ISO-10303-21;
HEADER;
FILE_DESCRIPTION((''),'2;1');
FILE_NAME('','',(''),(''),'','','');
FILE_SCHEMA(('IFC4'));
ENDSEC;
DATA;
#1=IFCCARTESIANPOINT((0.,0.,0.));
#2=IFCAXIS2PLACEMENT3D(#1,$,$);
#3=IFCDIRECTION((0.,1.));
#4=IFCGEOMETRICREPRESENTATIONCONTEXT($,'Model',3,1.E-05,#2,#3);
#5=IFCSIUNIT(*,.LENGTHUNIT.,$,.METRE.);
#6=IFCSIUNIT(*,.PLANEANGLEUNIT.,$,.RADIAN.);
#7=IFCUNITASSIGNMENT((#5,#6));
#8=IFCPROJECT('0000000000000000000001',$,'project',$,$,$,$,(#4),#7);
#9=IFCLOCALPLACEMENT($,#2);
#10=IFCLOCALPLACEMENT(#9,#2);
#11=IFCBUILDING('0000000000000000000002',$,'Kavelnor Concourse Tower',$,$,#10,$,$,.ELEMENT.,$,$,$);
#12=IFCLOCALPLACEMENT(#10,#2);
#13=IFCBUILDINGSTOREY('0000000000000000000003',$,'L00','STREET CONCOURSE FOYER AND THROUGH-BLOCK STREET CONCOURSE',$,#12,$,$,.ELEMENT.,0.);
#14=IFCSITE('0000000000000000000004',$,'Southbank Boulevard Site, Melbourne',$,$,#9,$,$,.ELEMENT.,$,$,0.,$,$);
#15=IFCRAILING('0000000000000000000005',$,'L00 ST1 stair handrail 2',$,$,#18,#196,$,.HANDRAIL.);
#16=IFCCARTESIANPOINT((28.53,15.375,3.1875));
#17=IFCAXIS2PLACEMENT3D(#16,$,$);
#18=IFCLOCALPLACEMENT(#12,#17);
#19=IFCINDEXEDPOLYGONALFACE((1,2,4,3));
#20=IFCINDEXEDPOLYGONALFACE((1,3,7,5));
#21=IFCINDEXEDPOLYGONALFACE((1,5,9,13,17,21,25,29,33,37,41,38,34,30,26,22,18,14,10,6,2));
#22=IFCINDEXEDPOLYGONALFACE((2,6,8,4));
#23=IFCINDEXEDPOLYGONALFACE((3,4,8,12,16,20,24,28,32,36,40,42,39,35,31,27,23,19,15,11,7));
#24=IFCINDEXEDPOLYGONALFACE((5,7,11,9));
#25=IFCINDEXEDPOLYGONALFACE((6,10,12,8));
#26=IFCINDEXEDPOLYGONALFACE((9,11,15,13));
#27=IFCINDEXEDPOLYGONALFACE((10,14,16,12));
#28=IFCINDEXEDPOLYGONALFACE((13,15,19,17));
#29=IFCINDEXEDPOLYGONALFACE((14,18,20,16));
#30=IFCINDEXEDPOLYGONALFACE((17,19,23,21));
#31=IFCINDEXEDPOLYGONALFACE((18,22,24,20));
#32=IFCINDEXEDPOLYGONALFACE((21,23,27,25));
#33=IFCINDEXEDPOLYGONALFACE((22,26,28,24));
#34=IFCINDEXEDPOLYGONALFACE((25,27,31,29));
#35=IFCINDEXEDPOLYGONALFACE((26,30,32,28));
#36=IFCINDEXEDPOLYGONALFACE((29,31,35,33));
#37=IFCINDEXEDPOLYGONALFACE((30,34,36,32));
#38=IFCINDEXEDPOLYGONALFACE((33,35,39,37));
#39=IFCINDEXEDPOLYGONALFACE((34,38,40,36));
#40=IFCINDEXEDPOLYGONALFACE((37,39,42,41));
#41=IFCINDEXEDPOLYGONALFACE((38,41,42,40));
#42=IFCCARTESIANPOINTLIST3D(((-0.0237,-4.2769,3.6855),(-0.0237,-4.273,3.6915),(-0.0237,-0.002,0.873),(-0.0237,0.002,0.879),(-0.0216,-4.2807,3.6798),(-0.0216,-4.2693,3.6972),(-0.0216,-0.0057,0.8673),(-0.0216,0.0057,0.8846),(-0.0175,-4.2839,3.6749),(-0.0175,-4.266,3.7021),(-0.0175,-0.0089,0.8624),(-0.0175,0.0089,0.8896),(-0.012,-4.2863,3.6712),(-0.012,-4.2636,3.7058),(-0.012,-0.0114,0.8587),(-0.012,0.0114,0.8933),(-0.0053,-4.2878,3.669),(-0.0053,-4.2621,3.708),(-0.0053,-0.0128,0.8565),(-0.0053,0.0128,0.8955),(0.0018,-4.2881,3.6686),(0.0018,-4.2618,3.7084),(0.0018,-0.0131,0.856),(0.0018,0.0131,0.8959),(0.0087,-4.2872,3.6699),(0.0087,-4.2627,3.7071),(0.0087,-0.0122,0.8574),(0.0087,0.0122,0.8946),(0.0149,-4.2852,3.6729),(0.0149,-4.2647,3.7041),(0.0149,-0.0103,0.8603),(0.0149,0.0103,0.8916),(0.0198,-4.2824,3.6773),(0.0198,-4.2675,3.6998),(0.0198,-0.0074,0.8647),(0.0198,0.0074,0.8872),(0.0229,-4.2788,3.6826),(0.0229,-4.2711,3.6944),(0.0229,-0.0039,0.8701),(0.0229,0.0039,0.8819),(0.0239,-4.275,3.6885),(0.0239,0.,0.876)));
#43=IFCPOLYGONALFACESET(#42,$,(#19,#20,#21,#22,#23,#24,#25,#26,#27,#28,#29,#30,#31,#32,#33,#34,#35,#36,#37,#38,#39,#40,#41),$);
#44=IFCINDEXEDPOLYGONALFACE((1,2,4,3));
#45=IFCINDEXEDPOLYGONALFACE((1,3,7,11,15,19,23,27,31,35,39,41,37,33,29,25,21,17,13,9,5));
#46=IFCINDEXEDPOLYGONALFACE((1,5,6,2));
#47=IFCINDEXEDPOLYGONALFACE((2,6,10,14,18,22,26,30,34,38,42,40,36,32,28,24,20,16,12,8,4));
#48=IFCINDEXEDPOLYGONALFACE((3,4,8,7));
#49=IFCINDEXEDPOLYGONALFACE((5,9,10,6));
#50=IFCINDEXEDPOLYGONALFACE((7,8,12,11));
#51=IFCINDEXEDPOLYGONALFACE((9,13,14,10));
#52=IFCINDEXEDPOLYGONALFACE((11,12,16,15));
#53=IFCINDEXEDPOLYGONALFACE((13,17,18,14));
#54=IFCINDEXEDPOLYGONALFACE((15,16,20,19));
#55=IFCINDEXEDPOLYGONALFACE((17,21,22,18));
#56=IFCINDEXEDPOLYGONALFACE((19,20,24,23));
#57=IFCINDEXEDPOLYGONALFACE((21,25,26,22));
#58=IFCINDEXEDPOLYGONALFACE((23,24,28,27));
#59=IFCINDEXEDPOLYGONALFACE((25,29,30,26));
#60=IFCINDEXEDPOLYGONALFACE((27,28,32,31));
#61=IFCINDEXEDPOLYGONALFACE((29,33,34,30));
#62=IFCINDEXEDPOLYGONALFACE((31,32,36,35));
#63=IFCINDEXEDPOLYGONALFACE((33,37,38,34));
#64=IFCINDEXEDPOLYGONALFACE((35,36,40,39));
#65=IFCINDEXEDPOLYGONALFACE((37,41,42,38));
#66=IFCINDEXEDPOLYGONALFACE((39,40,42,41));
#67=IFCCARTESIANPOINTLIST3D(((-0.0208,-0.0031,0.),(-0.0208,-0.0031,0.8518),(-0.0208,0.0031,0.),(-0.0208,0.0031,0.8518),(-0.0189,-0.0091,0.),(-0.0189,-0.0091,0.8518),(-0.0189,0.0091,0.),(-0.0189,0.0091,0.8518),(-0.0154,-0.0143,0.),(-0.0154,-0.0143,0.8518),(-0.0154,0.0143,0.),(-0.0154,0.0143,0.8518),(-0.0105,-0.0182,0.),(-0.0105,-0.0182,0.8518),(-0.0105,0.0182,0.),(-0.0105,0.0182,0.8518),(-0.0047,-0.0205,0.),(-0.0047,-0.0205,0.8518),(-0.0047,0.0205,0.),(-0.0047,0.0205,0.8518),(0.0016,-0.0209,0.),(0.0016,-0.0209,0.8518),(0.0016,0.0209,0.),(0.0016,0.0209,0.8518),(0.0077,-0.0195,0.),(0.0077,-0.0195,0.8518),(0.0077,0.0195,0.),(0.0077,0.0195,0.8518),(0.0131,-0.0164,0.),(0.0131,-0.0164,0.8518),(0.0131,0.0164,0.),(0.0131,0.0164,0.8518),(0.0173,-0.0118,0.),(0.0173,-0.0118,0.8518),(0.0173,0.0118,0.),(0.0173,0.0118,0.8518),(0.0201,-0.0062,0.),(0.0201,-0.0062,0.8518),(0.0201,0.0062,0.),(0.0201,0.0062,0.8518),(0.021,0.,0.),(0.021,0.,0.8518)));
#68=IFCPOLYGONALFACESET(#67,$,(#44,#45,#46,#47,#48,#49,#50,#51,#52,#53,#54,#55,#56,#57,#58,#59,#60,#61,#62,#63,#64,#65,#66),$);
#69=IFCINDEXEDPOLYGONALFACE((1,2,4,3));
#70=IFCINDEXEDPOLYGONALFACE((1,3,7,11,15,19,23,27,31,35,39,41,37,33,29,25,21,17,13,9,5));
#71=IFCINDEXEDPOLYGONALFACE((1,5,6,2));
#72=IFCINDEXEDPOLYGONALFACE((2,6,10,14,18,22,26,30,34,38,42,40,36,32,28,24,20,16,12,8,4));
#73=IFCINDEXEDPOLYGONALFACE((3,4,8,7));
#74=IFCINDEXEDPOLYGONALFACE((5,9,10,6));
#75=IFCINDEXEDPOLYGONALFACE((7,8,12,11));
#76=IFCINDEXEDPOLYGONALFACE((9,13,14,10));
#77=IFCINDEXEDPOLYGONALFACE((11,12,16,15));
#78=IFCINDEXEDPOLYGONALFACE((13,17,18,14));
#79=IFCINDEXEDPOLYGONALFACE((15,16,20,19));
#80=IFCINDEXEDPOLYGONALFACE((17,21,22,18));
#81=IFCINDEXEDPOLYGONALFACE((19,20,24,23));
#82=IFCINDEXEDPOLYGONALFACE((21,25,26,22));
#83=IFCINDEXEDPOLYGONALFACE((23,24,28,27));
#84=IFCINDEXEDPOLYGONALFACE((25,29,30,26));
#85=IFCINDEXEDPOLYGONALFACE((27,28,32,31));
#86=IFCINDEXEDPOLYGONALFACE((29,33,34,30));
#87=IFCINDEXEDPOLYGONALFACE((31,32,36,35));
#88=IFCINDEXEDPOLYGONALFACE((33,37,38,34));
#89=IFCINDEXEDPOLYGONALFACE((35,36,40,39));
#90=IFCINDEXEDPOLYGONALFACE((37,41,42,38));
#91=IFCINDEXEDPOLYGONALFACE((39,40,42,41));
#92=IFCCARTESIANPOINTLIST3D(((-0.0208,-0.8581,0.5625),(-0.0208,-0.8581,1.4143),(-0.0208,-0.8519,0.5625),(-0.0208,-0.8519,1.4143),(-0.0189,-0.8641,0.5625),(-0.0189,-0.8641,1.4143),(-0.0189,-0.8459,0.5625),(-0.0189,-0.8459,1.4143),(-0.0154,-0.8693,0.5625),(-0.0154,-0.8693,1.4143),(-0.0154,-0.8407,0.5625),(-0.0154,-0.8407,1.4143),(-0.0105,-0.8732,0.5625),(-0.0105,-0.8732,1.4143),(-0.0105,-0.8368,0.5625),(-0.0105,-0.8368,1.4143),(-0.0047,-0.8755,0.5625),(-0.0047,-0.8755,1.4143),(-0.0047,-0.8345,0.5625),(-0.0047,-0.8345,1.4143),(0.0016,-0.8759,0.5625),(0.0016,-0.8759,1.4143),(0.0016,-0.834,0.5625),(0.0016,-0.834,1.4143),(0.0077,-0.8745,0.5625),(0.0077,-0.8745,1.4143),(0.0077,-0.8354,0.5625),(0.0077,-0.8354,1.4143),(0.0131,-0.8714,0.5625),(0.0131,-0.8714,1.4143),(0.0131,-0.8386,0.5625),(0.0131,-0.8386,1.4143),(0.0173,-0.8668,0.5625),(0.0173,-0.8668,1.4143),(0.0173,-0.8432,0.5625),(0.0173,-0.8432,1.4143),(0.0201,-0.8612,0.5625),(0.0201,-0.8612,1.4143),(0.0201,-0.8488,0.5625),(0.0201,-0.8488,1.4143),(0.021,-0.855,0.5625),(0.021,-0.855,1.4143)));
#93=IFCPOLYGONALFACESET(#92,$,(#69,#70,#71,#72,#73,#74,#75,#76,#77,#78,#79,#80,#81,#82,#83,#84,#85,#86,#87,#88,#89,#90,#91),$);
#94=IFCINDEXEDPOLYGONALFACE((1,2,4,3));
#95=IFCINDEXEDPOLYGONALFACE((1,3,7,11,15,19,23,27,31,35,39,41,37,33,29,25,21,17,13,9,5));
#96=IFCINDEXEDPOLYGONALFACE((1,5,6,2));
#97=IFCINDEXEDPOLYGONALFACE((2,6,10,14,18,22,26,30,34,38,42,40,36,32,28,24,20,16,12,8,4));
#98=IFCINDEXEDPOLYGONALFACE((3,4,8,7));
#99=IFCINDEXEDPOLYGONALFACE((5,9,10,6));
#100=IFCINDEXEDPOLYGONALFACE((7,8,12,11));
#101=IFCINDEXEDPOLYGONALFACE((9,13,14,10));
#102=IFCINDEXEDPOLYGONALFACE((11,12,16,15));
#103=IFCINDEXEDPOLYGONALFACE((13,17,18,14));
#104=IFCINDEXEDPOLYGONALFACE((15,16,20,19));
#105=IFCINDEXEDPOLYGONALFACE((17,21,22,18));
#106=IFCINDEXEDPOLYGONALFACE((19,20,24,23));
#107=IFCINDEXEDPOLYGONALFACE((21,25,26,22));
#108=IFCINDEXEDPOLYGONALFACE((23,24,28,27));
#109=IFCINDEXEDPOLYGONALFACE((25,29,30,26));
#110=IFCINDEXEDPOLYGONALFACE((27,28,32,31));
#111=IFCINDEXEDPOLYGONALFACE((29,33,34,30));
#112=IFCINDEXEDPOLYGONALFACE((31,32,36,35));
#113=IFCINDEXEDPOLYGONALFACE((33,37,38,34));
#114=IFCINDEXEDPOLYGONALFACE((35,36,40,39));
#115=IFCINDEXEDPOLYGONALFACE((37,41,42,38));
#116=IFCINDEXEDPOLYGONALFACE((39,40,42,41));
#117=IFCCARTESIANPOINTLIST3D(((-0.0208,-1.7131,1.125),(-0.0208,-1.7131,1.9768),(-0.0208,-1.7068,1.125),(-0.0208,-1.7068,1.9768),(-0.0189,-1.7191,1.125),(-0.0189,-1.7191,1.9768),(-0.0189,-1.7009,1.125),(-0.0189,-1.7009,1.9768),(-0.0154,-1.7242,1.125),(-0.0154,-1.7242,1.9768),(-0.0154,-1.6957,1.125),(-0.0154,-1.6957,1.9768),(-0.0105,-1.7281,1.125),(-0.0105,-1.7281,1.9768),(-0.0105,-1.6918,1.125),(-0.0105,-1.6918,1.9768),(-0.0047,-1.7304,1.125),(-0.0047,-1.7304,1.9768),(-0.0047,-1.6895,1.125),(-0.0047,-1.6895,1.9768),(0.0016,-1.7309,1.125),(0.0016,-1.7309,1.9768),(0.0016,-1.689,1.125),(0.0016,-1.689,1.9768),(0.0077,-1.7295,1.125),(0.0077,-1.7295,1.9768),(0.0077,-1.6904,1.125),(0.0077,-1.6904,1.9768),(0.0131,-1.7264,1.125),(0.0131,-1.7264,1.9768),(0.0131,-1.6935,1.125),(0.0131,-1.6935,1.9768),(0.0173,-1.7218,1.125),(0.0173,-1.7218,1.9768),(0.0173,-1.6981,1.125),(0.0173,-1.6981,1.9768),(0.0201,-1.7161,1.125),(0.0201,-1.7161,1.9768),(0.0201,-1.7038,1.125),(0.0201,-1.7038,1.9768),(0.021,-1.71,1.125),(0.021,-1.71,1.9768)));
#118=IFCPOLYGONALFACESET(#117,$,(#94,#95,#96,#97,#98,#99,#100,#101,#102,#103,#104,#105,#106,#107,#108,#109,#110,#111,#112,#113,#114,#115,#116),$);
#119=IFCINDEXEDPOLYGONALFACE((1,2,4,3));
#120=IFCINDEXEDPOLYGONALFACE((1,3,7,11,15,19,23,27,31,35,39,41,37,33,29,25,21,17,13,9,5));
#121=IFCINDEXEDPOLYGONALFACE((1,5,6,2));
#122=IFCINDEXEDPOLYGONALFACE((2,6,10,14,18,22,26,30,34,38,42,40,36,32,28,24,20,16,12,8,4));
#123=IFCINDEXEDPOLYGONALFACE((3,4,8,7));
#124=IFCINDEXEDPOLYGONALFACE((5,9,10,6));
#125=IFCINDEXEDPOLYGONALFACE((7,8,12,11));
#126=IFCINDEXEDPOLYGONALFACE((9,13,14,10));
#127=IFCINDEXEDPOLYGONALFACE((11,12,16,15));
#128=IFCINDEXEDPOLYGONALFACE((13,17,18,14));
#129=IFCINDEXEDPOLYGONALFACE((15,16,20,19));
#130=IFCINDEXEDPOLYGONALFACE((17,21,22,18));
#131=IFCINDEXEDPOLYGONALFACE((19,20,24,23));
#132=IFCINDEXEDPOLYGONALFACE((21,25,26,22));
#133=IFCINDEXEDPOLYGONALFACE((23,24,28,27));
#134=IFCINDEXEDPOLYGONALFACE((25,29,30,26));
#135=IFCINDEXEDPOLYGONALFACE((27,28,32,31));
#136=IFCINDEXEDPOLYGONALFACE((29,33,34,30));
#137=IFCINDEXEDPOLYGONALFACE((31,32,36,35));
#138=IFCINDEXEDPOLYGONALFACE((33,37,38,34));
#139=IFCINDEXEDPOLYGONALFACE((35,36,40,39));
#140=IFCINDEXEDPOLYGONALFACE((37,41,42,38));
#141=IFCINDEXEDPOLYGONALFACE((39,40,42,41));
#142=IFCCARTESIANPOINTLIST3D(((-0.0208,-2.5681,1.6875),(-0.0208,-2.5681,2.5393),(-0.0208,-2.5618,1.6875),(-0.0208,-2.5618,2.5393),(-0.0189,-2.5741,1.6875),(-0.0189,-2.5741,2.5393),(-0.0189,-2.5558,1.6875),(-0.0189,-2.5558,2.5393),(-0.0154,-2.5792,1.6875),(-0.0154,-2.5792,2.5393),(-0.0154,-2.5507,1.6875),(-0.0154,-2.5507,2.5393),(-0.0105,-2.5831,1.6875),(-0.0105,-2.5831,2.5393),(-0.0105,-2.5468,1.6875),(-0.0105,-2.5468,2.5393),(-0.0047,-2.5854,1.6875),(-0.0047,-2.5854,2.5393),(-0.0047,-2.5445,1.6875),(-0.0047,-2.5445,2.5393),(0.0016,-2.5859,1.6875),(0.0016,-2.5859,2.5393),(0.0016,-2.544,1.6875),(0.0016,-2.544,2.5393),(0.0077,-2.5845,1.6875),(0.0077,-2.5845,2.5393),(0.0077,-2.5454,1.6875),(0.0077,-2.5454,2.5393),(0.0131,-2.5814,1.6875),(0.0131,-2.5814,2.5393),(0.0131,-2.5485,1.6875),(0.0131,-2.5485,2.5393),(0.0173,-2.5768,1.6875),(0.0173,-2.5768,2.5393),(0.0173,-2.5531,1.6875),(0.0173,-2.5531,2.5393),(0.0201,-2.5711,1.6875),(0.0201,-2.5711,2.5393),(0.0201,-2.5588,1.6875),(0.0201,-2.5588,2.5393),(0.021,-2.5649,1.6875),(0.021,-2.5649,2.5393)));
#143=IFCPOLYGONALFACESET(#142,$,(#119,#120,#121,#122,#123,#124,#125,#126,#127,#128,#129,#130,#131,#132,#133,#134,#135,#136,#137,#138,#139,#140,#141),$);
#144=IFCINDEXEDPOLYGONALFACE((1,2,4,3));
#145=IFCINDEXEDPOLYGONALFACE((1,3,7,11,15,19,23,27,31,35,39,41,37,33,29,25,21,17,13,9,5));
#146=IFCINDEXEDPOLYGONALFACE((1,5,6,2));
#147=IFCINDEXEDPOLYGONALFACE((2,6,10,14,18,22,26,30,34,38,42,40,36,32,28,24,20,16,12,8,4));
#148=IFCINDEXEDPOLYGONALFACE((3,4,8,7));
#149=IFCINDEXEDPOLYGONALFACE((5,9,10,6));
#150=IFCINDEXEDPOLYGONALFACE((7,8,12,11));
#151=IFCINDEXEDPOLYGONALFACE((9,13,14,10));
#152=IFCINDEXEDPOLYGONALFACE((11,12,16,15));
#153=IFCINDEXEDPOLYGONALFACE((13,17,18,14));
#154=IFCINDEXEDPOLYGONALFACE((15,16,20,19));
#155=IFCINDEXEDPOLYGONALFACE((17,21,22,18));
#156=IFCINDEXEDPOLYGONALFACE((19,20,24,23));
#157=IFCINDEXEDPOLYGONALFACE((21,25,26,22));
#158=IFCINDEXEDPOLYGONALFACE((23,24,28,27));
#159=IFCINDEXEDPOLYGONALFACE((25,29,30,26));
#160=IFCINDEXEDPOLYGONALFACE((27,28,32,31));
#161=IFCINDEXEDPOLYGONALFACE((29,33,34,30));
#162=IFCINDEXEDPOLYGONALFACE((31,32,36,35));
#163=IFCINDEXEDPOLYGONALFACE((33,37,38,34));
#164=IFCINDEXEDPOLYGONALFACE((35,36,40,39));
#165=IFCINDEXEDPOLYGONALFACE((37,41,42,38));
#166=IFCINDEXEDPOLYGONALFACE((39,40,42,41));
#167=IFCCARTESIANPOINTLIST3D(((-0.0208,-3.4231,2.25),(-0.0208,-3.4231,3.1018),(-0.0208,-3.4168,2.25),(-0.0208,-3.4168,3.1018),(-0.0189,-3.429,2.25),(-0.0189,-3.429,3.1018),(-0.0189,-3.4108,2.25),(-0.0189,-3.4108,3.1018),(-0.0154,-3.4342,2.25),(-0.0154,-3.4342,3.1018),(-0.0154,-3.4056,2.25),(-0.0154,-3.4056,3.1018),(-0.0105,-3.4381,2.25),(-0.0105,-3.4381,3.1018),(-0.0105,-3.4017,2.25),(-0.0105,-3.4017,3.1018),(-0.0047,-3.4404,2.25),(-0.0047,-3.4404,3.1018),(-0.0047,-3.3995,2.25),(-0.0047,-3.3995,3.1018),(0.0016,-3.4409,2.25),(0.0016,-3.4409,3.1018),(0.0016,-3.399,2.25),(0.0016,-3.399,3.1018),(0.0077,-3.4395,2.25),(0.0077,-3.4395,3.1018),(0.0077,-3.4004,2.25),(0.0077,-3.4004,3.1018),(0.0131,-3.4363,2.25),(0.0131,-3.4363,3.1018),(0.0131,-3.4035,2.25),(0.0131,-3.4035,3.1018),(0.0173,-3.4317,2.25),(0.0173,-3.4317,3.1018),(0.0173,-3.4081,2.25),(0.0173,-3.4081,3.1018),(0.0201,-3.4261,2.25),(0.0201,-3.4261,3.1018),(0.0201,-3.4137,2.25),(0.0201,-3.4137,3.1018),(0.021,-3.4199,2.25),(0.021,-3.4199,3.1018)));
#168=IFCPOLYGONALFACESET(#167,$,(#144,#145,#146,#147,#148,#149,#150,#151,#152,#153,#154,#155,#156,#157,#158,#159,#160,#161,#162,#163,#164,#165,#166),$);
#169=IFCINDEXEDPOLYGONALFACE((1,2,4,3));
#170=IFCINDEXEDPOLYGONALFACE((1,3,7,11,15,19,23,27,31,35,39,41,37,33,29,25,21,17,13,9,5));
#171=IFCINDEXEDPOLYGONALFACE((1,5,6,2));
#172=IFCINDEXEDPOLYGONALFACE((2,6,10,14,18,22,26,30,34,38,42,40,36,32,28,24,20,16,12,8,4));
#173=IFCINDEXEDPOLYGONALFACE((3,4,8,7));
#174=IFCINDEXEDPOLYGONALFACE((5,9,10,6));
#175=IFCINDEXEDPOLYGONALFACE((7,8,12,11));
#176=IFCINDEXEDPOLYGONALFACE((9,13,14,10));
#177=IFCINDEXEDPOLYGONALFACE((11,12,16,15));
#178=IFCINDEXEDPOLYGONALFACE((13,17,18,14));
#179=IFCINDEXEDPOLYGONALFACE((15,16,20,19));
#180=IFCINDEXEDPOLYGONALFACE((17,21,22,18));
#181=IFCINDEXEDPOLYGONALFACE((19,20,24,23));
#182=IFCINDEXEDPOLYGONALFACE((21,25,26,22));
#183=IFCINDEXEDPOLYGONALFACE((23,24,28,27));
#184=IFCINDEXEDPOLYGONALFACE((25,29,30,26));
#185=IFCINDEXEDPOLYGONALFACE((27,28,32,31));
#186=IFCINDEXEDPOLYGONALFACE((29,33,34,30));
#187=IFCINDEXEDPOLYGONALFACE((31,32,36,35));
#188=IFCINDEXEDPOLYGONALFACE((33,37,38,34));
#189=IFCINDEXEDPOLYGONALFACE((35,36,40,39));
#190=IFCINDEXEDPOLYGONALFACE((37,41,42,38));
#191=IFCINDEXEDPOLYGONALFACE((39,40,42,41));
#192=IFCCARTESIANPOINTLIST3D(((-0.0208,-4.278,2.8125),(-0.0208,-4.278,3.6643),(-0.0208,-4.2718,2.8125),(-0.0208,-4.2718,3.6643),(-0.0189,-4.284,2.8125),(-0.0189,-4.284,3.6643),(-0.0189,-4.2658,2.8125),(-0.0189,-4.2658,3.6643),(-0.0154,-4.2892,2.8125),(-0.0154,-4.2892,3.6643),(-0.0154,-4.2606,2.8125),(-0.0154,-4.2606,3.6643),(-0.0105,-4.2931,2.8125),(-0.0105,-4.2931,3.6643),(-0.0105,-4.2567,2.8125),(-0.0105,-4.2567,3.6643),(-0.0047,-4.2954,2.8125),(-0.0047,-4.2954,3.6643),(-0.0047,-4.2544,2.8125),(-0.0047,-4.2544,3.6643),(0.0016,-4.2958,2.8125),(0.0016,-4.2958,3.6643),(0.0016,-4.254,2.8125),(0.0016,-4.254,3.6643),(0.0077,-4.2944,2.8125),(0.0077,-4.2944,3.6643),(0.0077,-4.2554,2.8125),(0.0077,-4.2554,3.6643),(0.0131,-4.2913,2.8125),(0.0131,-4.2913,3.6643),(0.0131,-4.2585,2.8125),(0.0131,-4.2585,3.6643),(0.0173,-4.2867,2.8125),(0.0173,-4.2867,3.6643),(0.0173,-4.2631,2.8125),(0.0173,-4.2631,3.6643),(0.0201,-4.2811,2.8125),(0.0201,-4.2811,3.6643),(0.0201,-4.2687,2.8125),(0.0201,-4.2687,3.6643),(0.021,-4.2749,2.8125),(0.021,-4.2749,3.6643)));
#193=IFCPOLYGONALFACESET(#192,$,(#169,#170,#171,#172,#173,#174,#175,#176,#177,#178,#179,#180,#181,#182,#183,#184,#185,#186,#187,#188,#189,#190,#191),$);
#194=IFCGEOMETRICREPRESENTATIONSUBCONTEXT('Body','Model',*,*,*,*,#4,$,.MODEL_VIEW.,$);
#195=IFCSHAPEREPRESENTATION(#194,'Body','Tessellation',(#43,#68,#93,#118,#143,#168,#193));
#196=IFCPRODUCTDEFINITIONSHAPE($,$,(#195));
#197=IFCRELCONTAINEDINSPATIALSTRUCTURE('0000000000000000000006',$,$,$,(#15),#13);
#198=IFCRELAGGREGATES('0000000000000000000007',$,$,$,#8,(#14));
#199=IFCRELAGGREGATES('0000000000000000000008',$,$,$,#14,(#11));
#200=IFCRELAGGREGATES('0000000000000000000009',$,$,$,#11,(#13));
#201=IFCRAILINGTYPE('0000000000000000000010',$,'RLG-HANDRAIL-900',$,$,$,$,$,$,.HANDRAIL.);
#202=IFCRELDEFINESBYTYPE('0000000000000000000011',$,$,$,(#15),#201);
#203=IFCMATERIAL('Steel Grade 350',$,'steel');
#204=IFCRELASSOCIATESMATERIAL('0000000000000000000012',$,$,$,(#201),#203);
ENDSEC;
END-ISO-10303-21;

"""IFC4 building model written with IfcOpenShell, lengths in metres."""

from ifc_helpers import new_model, si_unit, direction, frame, origin, origin_2d, place, context, subcontext, project, spatial, circle, extrude, material, type_object, element, save


model = new_model("IFC4")

# Units and contexts
model_context = context("Model", 3, precision=1e-05, world=origin(), true_north=direction((0.0, 1.0)))
body_context = subcontext(model_context, "Body", "Model", "MODEL_VIEW")
ifc_project = project(units=[si_unit("LENGTHUNIT", "METRE"), si_unit("PLANEANGLEUNIT", "RADIAN")], contexts=[model_context])

# Site, building, storey
site_placement = place(None, origin())
site = spatial("IfcSite", under=ifc_project, at=site_placement, Name="Southbank Boulevard Site, Melbourne", CompositionType="ELEMENT", RefElevation=0.0)
building_placement = place(site_placement, origin())
building = spatial("IfcBuilding", under=site, at=building_placement, Name="Kavelnor Concourse Tower", CompositionType="ELEMENT")
storey_placement = place(building_placement, origin())
storey = spatial("IfcBuildingStorey", under=building, at=storey_placement, Name="L00", Description="STREET CONCOURSE FOYER AND THROUGH-BLOCK STREET CONCOURSE", CompositionType="ELEMENT", Elevation=0.0)

# Shared definitions
ifc_material_1 = material(Name="Steel Grade 350", Category="steel")

# Railing
railing_type_1 = type_object("IfcRailingType", Name="RLG-HANDRAIL-900", PredefinedType="HANDRAIL", material=ifc_material_1)
railing_1_placement = place(storey_placement, frame((28.53, 15.375, 3.1875)))
element("IfcRailing", 1, at=railing_1_placement, inside=storey, type_object=railing_type_1, Name="L00 ST1 stair handrail 2", PredefinedType="HANDRAIL", context=body_context, shape_type="SweptSolid", body=[
    extrude(circle(Radius=0.0239, at=origin_2d()), frame((0.0, 0.0, 0.876), z_axis=(0.0, -0.835411, 0.549625), x_axis=(1.0, 0.0, 0.0)), (0.0, 0.0, 1.0), 5.1172),
    extrude(circle(Radius=0.021, at=origin_2d()), origin(), (0.0, 0.0, 1.0), 0.8518),
    extrude(circle(Radius=0.021, at=origin_2d()), frame((0.0, -0.855, 0.5625)), (0.0, 0.0, 1.0), 0.8518),
    extrude(circle(Radius=0.021, at=origin_2d()), frame((0.0, -1.71, 1.125)), (0.0, 0.0, 1.0), 0.8518),
    extrude(circle(Radius=0.021, at=origin_2d()), frame((0.0, -2.5649, 1.6875)), (0.0, 0.0, 1.0), 0.8518),
    extrude(circle(Radius=0.021, at=origin_2d()), frame((0.0, -3.4199, 2.25)), (0.0, 0.0, 1.0), 0.8518),
    extrude(circle(Radius=0.021, at=origin_2d()), frame((0.0, -4.2749, 2.8125)), (0.0, 0.0, 1.0), 0.8518),
])

save(model, "model.ifc")
